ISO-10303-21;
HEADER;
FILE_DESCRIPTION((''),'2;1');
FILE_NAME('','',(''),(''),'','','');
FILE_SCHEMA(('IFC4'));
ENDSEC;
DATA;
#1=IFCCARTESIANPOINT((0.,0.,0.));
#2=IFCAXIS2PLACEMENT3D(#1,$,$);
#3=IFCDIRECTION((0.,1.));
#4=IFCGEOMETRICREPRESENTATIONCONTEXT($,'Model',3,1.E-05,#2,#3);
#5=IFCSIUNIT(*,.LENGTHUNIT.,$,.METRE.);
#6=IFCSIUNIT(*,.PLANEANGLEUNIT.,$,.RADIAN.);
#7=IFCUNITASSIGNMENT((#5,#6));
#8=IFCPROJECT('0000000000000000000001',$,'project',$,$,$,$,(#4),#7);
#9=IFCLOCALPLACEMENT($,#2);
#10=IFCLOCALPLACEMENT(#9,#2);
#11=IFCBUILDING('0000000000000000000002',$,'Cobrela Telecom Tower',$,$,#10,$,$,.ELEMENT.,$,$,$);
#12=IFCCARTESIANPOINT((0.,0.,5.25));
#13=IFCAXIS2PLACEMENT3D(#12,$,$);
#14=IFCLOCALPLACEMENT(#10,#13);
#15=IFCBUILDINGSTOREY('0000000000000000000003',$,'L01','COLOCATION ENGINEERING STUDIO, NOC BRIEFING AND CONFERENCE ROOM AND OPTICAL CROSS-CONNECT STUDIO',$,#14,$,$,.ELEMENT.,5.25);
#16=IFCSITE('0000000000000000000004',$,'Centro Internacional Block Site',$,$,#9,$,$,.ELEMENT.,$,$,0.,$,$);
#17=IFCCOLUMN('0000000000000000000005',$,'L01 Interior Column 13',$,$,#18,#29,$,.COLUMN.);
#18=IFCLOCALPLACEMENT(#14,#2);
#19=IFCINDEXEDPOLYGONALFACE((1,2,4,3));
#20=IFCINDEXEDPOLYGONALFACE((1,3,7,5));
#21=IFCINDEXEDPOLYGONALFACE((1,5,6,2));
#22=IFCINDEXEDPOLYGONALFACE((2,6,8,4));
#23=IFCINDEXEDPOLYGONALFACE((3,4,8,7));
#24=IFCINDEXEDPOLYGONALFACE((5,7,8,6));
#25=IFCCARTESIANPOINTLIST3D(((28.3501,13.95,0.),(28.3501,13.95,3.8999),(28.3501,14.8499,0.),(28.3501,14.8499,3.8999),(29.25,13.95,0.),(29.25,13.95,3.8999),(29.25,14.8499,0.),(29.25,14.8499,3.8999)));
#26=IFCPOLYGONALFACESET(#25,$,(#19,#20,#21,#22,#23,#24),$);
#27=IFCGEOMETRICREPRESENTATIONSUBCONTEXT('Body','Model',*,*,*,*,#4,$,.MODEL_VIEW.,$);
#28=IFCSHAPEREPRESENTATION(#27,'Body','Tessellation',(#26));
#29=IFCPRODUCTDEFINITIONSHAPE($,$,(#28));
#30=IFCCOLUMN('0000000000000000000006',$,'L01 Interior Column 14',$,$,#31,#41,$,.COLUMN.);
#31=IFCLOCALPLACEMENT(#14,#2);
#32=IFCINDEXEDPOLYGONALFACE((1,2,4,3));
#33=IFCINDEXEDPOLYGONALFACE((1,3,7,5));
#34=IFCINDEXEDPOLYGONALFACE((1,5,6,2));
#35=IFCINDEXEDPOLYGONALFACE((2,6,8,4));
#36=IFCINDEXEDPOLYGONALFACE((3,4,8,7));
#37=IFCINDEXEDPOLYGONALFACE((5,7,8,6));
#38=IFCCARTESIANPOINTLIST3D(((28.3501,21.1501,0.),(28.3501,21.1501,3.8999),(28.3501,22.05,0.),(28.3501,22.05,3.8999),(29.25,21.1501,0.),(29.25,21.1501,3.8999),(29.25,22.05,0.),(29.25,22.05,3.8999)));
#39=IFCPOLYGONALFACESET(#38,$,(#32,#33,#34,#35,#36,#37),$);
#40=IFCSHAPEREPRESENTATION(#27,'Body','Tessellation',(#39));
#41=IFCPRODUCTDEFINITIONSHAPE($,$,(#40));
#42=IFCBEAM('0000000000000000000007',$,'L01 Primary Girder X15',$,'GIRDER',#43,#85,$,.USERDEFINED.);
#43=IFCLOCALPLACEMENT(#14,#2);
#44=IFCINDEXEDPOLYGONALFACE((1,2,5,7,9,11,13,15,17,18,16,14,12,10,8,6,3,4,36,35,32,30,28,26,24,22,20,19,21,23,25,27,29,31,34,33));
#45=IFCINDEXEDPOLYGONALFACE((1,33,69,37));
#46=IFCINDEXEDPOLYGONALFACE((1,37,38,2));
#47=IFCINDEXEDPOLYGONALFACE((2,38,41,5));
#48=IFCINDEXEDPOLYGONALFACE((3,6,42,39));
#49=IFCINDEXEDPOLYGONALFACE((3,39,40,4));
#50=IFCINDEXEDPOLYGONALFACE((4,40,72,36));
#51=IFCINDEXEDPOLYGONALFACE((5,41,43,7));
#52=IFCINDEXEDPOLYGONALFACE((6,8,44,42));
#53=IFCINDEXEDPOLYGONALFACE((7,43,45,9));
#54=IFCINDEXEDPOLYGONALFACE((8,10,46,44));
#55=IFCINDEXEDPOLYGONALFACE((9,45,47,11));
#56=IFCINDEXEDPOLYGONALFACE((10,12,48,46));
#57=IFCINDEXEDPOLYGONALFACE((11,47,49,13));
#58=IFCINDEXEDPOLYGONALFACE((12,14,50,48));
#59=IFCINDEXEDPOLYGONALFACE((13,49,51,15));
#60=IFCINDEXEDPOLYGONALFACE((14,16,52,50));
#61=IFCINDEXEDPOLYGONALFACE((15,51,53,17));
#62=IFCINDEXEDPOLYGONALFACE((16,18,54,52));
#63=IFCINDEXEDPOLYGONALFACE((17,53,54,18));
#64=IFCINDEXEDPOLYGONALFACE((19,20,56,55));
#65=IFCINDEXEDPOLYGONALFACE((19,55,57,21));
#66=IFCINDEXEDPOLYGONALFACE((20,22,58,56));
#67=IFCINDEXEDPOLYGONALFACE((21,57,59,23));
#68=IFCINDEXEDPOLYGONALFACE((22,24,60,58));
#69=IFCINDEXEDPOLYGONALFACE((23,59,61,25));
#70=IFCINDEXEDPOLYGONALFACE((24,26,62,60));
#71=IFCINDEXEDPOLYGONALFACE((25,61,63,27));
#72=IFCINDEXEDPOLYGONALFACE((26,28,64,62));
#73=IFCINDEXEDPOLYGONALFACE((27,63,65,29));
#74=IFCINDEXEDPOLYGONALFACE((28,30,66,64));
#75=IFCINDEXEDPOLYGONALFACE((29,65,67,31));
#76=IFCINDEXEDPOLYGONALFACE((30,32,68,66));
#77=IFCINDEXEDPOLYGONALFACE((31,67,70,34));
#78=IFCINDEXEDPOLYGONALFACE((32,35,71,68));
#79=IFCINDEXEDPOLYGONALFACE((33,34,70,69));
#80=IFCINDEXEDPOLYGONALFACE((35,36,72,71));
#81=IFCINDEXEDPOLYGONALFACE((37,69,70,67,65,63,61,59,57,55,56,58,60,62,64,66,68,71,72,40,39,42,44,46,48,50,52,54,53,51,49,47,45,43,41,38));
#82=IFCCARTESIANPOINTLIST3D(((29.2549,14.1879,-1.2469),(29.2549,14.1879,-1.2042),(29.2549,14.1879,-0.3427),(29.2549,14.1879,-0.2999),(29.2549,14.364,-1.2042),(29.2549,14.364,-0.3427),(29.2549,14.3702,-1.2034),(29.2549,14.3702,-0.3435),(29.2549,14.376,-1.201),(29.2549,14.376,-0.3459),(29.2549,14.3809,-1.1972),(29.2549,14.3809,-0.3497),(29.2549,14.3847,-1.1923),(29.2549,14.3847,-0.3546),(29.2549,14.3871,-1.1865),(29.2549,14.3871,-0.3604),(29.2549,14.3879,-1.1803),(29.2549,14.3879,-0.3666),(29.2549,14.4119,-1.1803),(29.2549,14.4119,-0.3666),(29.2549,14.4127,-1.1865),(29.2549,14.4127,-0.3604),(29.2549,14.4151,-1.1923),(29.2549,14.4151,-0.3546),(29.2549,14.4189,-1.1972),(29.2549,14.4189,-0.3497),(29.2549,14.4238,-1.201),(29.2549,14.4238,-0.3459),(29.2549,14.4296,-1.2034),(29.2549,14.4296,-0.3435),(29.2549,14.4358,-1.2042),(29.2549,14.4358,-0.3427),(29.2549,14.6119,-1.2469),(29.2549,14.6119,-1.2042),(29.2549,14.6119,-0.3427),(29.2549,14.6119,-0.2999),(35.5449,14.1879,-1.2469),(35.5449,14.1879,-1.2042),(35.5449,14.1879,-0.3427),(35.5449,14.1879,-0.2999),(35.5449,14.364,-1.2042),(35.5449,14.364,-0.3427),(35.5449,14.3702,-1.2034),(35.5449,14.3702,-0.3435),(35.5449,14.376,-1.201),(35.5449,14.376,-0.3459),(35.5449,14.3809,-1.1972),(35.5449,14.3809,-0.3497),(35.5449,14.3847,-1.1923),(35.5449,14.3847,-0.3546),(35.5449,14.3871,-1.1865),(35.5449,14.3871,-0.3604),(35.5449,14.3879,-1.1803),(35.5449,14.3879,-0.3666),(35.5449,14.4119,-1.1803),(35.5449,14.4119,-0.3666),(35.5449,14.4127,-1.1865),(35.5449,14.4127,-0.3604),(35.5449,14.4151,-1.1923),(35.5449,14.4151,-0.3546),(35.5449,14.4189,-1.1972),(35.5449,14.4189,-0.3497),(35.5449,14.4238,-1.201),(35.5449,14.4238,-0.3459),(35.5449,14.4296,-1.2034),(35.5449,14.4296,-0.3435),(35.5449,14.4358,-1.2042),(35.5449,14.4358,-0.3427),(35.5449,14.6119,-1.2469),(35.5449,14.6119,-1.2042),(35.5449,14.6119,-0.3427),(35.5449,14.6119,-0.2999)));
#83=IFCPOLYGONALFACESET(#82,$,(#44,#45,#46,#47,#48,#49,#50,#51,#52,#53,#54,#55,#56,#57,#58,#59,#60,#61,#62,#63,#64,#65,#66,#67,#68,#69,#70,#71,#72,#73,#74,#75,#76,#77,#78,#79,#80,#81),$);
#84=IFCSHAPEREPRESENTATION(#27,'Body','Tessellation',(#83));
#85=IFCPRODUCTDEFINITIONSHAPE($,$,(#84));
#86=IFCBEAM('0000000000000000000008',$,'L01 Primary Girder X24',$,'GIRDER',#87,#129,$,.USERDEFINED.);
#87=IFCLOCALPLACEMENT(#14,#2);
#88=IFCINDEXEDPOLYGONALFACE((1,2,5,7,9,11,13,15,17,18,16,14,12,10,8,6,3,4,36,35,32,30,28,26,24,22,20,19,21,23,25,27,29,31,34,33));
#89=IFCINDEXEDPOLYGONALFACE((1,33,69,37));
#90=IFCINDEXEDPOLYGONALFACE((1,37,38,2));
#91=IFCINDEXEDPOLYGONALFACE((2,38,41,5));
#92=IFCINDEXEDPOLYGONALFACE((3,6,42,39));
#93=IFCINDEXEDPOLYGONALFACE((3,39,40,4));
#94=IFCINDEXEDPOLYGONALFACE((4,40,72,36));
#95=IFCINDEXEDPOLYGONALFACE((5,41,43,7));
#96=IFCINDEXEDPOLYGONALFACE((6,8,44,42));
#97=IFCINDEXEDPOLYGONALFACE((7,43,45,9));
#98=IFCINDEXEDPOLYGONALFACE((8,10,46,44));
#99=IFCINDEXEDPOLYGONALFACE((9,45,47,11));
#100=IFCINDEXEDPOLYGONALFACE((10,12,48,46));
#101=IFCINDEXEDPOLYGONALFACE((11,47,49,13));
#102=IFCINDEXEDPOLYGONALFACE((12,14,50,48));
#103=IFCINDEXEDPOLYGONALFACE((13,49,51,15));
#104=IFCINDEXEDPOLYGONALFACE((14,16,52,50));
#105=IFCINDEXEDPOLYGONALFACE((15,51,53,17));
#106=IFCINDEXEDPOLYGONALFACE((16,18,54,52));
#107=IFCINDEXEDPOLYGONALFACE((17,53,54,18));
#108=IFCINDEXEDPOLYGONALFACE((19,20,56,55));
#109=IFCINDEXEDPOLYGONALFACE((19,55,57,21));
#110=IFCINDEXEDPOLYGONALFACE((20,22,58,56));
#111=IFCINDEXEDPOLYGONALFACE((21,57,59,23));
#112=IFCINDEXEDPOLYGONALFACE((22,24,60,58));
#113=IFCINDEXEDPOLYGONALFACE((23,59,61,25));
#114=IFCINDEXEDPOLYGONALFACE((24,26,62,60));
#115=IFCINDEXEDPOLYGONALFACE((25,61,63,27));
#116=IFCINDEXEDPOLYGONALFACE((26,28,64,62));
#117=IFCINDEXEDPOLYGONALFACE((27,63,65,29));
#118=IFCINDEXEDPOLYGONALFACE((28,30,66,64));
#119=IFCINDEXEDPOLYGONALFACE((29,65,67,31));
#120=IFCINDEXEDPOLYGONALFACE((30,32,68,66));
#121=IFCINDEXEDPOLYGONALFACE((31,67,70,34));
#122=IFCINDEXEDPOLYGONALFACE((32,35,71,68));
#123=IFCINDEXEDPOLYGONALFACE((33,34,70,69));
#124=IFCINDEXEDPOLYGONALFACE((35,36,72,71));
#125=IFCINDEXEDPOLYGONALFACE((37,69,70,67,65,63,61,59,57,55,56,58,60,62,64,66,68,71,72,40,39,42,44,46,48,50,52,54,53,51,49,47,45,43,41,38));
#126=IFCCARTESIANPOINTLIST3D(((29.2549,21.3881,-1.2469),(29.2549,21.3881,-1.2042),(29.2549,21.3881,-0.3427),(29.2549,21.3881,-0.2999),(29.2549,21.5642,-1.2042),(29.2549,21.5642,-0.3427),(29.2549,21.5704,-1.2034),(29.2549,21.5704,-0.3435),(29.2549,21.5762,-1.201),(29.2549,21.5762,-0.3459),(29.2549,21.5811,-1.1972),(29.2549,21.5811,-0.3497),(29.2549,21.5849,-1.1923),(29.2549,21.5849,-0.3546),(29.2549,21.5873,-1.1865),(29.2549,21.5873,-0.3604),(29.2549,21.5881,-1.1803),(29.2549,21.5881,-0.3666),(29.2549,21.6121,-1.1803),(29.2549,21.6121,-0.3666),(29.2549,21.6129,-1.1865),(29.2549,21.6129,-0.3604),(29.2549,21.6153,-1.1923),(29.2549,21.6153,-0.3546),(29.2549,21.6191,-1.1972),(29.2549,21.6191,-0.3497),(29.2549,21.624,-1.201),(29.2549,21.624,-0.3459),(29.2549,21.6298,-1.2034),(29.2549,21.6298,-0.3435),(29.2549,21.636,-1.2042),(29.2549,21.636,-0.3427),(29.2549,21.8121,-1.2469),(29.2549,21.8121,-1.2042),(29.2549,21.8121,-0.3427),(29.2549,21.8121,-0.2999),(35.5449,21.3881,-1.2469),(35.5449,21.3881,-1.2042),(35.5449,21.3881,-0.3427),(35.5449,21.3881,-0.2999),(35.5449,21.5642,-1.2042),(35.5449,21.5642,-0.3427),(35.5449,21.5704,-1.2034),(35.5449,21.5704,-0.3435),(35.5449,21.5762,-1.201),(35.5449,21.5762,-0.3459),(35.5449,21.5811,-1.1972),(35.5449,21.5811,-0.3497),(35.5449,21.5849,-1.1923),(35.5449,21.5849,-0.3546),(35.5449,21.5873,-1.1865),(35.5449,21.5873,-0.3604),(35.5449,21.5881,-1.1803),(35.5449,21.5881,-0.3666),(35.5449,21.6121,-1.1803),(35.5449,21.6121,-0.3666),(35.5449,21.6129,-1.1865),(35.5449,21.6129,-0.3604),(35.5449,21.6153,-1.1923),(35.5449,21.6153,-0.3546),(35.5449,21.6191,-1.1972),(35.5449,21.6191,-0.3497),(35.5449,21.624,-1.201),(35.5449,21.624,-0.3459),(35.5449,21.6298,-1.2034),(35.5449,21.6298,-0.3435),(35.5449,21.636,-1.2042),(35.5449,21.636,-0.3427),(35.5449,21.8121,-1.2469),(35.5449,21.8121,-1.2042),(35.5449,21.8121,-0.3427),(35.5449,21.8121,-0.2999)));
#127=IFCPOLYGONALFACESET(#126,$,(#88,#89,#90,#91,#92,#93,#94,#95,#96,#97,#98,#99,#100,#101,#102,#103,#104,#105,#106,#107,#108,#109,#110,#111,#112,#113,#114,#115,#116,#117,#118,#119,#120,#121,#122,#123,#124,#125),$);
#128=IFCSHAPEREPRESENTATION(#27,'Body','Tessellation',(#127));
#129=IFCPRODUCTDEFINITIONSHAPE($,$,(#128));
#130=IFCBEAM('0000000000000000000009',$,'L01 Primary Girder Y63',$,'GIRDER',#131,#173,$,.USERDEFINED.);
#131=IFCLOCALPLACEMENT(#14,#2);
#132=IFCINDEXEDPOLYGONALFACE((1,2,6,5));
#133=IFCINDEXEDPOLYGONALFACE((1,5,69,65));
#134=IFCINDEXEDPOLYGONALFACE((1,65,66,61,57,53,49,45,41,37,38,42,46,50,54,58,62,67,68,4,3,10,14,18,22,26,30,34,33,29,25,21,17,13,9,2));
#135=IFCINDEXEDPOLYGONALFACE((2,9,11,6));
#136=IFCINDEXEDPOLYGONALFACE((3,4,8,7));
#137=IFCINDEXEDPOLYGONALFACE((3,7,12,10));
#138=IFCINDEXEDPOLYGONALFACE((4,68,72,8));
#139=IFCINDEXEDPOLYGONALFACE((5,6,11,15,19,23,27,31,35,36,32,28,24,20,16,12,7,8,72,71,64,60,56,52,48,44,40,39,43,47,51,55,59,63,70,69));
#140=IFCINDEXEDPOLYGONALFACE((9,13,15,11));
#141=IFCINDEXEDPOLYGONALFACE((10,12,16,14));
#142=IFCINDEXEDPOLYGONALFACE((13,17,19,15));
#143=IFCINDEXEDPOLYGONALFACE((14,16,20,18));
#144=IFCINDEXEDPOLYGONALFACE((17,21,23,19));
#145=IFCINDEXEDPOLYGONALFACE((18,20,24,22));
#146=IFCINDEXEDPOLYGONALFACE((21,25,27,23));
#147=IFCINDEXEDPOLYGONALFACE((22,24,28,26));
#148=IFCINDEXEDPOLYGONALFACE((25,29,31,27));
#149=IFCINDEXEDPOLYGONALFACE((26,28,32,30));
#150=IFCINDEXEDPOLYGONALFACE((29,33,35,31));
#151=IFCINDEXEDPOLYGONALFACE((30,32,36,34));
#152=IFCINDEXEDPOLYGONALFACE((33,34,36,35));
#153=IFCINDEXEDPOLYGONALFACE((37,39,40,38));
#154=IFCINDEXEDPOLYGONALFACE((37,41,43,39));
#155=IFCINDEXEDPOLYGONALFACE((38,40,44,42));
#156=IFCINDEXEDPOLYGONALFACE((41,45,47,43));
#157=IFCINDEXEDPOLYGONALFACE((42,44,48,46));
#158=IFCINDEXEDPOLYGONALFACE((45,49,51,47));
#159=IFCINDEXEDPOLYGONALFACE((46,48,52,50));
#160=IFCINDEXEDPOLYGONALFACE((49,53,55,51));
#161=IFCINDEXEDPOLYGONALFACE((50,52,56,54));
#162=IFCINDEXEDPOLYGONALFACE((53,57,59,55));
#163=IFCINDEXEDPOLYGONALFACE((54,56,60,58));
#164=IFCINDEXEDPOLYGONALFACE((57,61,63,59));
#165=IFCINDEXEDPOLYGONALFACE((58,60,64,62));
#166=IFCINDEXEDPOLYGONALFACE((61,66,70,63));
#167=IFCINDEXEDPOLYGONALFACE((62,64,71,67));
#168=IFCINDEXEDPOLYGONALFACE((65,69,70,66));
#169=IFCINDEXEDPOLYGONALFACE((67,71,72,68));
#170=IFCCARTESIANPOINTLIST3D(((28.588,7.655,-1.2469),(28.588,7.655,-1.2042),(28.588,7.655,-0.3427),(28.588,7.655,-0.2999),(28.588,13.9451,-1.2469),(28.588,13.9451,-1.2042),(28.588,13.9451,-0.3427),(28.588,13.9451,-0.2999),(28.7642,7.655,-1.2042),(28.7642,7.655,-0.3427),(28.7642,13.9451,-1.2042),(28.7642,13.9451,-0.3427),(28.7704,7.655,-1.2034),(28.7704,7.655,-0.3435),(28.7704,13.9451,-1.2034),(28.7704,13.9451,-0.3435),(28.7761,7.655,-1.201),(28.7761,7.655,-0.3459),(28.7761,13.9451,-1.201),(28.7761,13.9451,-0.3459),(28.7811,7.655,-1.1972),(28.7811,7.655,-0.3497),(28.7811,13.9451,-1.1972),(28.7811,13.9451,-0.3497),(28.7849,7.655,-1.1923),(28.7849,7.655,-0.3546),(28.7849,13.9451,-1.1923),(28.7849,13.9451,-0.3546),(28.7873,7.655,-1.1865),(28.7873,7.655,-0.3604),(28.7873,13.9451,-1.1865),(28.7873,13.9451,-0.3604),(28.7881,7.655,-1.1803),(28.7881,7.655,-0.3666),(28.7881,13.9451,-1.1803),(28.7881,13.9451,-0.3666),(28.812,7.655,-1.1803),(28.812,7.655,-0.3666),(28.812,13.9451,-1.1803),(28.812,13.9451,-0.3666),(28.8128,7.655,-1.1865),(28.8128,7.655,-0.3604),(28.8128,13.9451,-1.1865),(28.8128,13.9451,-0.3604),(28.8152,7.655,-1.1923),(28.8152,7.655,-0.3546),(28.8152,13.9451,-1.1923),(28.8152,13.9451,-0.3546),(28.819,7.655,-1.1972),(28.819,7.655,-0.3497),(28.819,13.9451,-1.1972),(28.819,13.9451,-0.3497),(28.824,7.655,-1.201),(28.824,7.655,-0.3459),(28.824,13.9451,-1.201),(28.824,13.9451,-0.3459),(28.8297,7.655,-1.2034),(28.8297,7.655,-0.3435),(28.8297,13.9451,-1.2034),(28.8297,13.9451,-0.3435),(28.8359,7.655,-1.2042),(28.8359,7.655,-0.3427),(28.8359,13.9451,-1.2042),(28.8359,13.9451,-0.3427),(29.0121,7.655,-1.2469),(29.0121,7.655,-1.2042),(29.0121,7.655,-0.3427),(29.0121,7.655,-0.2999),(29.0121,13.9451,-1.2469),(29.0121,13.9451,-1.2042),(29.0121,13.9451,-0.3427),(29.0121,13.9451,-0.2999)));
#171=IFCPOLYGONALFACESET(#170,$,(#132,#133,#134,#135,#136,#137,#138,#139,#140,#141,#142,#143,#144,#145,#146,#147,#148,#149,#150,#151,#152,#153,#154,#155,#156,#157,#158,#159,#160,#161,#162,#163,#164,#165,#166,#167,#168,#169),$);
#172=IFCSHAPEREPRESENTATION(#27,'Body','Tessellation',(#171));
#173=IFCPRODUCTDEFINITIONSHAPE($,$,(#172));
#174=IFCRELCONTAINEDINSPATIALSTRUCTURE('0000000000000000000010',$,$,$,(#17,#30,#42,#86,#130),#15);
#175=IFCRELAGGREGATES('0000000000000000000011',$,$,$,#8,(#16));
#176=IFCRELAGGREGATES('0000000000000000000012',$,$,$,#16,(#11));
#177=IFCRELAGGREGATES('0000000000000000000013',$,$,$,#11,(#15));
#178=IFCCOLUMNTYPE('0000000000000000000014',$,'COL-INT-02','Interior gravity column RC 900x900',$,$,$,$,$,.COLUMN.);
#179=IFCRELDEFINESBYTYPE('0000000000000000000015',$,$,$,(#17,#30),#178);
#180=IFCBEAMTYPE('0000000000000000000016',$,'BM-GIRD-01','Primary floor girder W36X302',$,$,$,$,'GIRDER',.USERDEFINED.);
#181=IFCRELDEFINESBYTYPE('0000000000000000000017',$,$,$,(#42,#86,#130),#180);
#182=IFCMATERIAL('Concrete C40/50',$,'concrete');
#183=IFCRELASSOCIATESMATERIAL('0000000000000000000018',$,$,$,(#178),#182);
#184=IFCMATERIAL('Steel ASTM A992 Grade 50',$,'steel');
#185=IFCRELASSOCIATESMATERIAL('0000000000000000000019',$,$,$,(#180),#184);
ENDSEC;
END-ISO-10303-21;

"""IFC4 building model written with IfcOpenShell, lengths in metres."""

from ifc_helpers import new_model, si_unit, direction, frame, origin, origin_2d, place, context, subcontext, project, spatial, rectangle, i_section, extrude, material, material_profile, profile_set, type_object, element, save


model = new_model("IFC4")

# Units and contexts
model_context = context("Model", 3, precision=1e-05, world=origin(), true_north=direction((0.0, 1.0)))
body_context = subcontext(model_context, "Body", "Model", "MODEL_VIEW")
ifc_project = project(units=[si_unit("LENGTHUNIT", "METRE"), si_unit("PLANEANGLEUNIT", "RADIAN")], contexts=[model_context])

# Site, building, storey
site_placement = place(None, origin())
site = spatial("IfcSite", under=ifc_project, at=site_placement, Name="Centro Internacional Block Site", CompositionType="ELEMENT", RefElevation=0.0)
building_placement = place(site_placement, origin())
building = spatial("IfcBuilding", under=site, at=building_placement, Name="Cobrela Telecom Tower", CompositionType="ELEMENT")
storey_placement = place(building_placement, frame((0.0, 0.0, 5.25)))
storey = spatial("IfcBuildingStorey", under=building, at=storey_placement, Name="L01", Description="COLOCATION ENGINEERING STUDIO, NOC BRIEFING AND CONFERENCE ROOM AND OPTICAL CROSS-CONNECT STUDIO", CompositionType="ELEMENT", Elevation=5.25)

# Columns
ifc_material_1 = material(Name="Concrete C40/50", Category="concrete")
ifc_material_profile_1 = material_profile(ifc_material_1, rectangle(XDim=0.8999, YDim=0.8999, at=origin_2d()), Name="RC 900x900")
ifc_profile_set_1 = profile_set([ifc_material_profile_1], Name="Concrete C40/50")
column_type = type_object("IfcColumnType", Name="COL-INT-02", Description="Interior gravity column RC 900x900", PredefinedType="COLUMN", material=ifc_profile_set_1)
for number, where, z_axis, x_axis, name in (
    (1, (28.8, 14.3999, 0.0), (0.0, 0.0, 1.0), (1.0, 0.0, 0.0), "L01 Interior Column 13"),
    (2, (28.8, 21.6001, 0.0), (0.0, 0.0, 1.0), (1.0, 0.0, 0.0), "L01 Interior Column 14"),
):
    element("IfcColumn", number, at=place(storey_placement, frame(where, z_axis=z_axis, x_axis=x_axis)), inside=storey, type_object=column_type, Name=name, PredefinedType="COLUMN", context=body_context, shape_type="SweptSolid", body=[
        extrude(rectangle(XDim=0.8999, YDim=0.8999, at=origin_2d()), origin(), (0.0, 0.0, 1.0), 3.8999),
    ])

# Beams
ifc_material_2 = material(Name="Steel ASTM A992 Grade 50", Category="steel")
ifc_material_profile_2 = material_profile(ifc_material_2, i_section(OverallWidth=0.4241, OverallDepth=0.947, WebThickness=0.0239, FlangeThickness=0.0427, FilletRadius=0.0239, at=origin_2d()), Name="W36X302")
ifc_profile_set_2 = profile_set([ifc_material_profile_2], Name="Steel ASTM A992 Grade 50")
beam_type_1 = type_object("IfcBeamType", Name="BM-GIRD-01", Description="Primary floor girder W36X302", ElementType="GIRDER", PredefinedType="USERDEFINED", material=ifc_profile_set_2)
for number, where, z_axis, x_axis, name in (
    (3, (29.2549, 14.3999, -0.7734), (1.0, 0.0, 0.0), (0.0, 1.0, 0.0), "L01 Primary Girder X15"),
    (4, (29.2549, 21.6001, -0.7734), (1.0, 0.0, 0.0), (0.0, 1.0, 0.0), "L01 Primary Girder X24"),
    (5, (28.8, 7.655, -0.7734), (0.0, 1.0, 0.0), (-1.0, 0.0, 0.0), "L01 Primary Girder Y63"),
):
    element("IfcBeam", number, at=place(storey_placement, frame(where, z_axis=z_axis, x_axis=x_axis)), inside=storey, type_object=beam_type_1, Name=name, ObjectType="GIRDER", PredefinedType="USERDEFINED", context=body_context, shape_type="SweptSolid", body=[
        extrude(i_section(OverallWidth=0.4241, OverallDepth=0.947, WebThickness=0.0239, FlangeThickness=0.0427, FilletRadius=0.0239, at=origin_2d()), origin(), (0.0, 0.0, 1.0), 6.29),
    ])

save(model, "model.ifc")
